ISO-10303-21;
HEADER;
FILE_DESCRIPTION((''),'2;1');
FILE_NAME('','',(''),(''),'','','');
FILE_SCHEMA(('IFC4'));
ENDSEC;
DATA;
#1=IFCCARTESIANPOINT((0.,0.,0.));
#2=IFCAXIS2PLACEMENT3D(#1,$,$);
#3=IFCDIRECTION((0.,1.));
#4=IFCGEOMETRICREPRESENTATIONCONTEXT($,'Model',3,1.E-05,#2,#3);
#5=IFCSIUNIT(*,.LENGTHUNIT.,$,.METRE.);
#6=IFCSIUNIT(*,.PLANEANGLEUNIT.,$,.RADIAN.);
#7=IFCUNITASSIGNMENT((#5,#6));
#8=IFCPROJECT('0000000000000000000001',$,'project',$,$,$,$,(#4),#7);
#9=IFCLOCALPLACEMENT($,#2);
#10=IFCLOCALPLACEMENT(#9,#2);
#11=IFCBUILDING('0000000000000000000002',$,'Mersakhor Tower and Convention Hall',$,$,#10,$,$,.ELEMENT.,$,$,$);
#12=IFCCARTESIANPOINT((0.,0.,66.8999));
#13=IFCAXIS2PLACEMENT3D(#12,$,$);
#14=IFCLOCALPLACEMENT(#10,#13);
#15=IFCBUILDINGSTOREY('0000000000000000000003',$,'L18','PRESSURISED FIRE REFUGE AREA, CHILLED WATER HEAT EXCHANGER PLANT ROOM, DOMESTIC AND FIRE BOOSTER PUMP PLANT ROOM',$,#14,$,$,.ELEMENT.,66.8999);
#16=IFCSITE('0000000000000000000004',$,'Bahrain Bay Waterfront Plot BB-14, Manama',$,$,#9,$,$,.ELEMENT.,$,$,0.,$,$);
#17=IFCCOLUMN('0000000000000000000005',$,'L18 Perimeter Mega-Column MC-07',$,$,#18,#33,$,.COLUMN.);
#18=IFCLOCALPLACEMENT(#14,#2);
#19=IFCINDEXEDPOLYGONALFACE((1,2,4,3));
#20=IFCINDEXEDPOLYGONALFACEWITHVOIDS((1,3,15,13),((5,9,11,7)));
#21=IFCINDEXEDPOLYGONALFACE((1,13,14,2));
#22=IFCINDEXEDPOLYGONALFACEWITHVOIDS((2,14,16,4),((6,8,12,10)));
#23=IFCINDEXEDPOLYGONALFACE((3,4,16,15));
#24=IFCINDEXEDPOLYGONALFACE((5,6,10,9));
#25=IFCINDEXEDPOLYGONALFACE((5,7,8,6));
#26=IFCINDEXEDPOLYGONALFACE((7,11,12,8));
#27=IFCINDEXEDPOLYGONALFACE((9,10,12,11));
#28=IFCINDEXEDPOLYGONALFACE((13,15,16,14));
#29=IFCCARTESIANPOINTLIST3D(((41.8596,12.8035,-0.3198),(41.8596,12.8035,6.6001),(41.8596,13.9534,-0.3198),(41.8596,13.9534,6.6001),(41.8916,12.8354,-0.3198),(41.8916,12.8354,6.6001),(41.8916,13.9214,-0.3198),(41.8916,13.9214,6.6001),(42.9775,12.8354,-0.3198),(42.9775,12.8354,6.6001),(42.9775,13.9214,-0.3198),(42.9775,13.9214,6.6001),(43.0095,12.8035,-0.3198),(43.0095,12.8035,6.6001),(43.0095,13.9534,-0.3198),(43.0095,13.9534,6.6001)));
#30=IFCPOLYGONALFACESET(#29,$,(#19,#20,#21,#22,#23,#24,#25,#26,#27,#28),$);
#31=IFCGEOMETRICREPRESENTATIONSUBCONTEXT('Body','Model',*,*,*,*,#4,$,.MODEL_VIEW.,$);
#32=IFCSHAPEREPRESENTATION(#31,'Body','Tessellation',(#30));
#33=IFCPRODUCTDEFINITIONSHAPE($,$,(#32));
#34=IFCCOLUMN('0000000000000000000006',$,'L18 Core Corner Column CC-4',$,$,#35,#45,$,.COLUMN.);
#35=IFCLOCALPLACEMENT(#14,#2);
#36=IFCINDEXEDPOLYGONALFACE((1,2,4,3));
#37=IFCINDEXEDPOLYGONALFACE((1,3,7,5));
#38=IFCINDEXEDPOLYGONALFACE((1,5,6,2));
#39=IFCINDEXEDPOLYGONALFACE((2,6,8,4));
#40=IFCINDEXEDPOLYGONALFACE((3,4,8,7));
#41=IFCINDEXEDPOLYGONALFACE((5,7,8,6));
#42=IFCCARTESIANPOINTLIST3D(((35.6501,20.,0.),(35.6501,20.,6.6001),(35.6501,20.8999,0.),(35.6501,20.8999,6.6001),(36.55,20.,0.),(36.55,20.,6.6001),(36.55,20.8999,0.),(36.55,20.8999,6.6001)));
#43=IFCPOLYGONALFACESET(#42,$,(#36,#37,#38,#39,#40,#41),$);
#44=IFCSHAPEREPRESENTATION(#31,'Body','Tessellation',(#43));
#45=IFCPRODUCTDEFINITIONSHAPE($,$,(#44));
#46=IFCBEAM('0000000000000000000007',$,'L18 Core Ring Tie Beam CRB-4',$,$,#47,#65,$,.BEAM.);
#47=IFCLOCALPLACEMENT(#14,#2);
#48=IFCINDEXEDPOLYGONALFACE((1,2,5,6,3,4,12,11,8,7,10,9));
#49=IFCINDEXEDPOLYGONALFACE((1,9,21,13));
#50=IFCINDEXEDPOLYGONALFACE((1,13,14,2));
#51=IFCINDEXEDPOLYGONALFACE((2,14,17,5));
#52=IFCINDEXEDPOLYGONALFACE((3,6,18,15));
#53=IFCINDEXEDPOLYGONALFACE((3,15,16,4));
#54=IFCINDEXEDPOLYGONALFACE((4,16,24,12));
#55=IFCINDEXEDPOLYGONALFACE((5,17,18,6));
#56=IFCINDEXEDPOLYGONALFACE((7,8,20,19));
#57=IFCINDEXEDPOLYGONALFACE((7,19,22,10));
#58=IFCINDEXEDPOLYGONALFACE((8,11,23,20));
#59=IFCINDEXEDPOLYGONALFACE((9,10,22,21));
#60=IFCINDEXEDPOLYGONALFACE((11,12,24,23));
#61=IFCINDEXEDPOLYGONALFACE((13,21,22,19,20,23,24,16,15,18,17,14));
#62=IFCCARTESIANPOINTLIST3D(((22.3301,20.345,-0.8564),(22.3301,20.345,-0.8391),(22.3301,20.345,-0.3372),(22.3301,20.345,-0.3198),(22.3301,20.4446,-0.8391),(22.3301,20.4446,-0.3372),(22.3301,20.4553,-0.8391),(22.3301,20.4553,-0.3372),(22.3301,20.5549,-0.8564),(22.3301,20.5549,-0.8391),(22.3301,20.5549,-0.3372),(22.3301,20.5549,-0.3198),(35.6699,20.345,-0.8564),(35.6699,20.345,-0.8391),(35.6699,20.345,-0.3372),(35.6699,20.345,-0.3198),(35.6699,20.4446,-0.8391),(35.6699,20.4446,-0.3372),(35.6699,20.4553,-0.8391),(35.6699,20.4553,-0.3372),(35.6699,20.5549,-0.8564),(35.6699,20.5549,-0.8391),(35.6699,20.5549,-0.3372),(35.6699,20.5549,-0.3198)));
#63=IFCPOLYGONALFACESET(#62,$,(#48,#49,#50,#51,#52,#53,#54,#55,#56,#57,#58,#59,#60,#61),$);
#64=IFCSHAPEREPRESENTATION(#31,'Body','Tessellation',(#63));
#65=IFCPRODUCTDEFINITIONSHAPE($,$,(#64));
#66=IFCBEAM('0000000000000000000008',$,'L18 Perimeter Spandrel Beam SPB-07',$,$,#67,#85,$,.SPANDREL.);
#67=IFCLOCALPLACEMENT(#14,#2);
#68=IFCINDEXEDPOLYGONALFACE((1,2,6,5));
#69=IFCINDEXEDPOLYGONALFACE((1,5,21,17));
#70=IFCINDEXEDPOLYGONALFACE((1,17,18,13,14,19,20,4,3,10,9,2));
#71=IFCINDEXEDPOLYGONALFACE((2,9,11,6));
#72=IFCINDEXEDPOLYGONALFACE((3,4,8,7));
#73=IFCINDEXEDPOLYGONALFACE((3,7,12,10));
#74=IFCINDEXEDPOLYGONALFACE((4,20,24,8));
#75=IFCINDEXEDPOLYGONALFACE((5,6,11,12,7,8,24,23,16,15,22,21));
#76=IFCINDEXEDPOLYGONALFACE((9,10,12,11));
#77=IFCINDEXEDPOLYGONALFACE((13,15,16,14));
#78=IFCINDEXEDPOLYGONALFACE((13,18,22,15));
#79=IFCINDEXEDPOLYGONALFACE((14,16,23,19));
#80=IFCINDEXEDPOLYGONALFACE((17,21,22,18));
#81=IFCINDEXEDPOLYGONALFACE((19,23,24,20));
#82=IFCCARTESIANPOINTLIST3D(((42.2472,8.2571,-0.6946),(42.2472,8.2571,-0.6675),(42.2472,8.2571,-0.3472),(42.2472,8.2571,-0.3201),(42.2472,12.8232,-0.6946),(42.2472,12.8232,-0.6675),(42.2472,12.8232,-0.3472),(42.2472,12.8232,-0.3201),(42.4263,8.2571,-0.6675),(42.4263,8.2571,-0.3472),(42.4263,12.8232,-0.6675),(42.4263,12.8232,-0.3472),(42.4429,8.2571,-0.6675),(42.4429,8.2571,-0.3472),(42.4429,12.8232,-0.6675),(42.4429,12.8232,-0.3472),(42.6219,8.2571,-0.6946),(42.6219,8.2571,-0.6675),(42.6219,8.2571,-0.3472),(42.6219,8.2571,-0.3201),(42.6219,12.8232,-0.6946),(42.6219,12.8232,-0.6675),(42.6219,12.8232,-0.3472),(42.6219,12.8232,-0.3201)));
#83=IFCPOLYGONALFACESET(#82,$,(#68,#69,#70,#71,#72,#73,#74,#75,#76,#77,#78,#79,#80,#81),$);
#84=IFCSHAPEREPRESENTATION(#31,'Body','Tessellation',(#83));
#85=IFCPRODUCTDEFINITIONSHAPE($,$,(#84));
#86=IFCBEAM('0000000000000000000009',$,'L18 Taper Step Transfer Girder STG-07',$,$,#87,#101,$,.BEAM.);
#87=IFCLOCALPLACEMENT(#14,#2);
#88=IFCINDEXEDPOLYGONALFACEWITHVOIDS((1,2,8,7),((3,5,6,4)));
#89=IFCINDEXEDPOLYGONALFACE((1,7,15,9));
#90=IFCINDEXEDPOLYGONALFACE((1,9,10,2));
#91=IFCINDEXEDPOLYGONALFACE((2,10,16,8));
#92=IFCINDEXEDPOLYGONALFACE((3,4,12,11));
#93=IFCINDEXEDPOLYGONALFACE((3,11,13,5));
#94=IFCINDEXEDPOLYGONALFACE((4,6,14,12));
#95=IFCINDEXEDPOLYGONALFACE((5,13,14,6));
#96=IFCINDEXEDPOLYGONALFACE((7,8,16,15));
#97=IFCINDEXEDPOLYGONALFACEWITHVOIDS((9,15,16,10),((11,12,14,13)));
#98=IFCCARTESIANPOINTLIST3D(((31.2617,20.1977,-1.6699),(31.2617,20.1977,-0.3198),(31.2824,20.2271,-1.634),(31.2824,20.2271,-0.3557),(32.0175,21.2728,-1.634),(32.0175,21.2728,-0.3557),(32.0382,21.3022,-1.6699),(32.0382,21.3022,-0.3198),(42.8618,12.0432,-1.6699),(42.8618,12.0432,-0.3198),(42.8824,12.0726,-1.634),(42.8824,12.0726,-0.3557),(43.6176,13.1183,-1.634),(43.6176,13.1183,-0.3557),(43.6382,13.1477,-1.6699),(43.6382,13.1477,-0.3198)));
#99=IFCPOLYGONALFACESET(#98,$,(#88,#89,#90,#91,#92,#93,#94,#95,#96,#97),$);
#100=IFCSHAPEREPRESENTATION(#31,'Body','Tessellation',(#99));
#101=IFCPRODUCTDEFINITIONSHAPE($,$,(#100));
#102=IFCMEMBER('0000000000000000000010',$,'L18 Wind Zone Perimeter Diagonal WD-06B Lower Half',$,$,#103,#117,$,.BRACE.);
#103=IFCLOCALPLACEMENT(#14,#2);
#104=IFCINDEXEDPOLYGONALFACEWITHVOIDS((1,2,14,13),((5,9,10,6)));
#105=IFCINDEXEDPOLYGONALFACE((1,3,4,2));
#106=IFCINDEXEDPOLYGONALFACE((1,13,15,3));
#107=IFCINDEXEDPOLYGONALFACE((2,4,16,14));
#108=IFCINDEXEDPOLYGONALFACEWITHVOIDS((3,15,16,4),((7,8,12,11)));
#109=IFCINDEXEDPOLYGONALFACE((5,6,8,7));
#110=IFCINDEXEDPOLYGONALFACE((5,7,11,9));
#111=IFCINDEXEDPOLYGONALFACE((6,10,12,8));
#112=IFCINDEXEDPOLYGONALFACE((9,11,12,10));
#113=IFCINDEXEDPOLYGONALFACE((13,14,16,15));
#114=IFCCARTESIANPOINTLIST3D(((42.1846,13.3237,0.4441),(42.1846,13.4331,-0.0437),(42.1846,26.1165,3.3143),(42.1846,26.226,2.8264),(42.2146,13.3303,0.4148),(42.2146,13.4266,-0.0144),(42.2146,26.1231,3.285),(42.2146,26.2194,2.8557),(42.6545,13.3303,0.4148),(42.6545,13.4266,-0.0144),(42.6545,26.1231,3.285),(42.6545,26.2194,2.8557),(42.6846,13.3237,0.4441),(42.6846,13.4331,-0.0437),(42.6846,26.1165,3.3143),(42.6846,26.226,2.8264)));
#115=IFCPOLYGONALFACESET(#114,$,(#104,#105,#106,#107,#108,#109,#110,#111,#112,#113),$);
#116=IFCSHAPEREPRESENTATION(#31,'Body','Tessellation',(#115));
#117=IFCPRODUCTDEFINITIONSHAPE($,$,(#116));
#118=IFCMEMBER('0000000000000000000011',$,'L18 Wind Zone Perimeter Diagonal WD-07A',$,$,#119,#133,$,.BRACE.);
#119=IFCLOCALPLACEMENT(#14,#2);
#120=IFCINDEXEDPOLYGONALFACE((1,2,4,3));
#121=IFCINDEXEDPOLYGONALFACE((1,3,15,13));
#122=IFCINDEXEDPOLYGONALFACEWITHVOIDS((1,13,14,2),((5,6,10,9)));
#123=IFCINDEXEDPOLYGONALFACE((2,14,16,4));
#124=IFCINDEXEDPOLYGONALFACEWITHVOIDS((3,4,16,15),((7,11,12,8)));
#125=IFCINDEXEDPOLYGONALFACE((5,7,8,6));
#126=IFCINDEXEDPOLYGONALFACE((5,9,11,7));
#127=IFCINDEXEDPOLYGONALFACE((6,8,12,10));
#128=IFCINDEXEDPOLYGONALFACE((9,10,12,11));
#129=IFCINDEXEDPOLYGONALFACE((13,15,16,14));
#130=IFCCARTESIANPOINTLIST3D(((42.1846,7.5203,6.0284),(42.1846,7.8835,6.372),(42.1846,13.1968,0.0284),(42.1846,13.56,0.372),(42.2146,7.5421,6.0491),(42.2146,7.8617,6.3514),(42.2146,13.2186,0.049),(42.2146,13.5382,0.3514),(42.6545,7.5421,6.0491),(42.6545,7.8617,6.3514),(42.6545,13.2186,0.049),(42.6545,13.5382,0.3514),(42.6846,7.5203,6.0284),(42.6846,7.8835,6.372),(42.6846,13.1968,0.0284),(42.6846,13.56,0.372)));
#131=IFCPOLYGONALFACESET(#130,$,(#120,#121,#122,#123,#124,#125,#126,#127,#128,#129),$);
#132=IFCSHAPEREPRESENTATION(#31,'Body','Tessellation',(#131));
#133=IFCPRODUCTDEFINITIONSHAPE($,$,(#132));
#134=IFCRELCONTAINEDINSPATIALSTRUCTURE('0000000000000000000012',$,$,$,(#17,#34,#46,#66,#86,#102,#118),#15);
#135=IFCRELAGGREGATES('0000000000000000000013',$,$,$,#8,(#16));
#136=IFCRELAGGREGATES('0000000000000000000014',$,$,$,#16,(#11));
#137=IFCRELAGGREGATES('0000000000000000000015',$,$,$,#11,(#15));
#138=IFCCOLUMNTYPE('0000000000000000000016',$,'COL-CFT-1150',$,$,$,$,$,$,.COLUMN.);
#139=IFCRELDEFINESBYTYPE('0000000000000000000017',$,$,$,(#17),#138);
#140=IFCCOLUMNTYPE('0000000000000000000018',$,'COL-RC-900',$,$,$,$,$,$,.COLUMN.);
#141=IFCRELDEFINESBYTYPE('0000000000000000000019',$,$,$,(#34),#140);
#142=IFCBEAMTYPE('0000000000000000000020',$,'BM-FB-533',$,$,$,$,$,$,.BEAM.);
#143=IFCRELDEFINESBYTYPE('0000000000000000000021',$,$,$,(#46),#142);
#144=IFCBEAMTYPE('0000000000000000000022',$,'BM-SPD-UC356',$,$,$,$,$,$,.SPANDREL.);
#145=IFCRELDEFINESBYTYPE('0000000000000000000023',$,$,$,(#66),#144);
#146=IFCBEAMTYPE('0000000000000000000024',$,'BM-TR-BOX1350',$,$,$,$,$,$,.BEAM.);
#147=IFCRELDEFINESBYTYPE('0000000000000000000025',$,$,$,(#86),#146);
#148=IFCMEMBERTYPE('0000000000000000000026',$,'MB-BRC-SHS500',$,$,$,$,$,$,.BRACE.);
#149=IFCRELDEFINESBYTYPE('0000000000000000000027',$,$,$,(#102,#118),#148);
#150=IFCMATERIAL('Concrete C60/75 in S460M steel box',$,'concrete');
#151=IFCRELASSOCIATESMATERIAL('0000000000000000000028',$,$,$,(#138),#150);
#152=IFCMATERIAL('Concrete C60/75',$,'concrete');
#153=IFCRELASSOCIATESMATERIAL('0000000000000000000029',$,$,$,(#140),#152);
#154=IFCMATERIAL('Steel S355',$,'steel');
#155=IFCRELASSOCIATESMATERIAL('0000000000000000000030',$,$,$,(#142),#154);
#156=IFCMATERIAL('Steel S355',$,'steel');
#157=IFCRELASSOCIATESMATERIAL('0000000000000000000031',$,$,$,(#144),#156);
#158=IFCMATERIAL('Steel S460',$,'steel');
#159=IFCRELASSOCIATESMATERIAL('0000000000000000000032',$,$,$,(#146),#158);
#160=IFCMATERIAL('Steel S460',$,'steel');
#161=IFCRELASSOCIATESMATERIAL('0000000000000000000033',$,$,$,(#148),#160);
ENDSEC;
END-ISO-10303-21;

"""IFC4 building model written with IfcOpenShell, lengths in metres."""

from ifc_helpers import new_model, si_unit, direction, frame, origin, origin_2d, place, context, subcontext, project, spatial, rectangle, hollow_rectangle, i_section, extrude, material, material_profile, profile_set, type_object, element, save


model = new_model("IFC4")

# Units and contexts
model_context = context("Model", 3, precision=1e-05, world=origin(), true_north=direction((0.0, 1.0)))
body_context = subcontext(model_context, "Body", "Model", "MODEL_VIEW")
ifc_project = project(units=[si_unit("LENGTHUNIT", "METRE"), si_unit("PLANEANGLEUNIT", "RADIAN")], contexts=[model_context])

# Site, building, storey
site_placement = place(None, origin())
site = spatial("IfcSite", under=ifc_project, at=site_placement, Name="Bahrain Bay Waterfront Plot BB-14, Manama", CompositionType="ELEMENT", RefElevation=0.0)
building_placement = place(site_placement, origin())
building = spatial("IfcBuilding", under=site, at=building_placement, Name="Mersakhor Tower and Convention Hall", CompositionType="ELEMENT")
storey_placement = place(building_placement, frame((0.0, 0.0, 66.8999)))
storey = spatial("IfcBuildingStorey", under=building, at=storey_placement, Name="L18", Description="PRESSURISED FIRE REFUGE AREA, CHILLED WATER HEAT EXCHANGER PLANT ROOM, DOMESTIC AND FIRE BOOSTER PUMP PLANT ROOM", CompositionType="ELEMENT", Elevation=66.8999)

# Columns
ifc_material_1 = material(Name="Concrete C60/75 in S460M steel box", Category="concrete")
ifc_material_profile_1 = material_profile(ifc_material_1, hollow_rectangle(XDim=1.1499, YDim=1.1499, WallThickness=0.032, at=origin_2d()), Name="SHS 1150x1150x32")
ifc_profile_set_1 = profile_set([ifc_material_profile_1], Name="Concrete C60/75 in S460M steel box")
column_type_1 = type_object("IfcColumnType", Name="COL-CFT-1150", PredefinedType="COLUMN", material=ifc_profile_set_1)
column_1_placement = place(storey_placement, frame((42.4346, 13.3784, -0.3198), z_axis=(0.0, 0.0, 1.0), x_axis=(1.0, 0.0, 0.0)))
element("IfcColumn", 1, at=column_1_placement, inside=storey, type_object=column_type_1, Name="L18 Perimeter Mega-Column MC-07", PredefinedType="COLUMN", context=body_context, shape_type="SweptSolid", body=[
    extrude(hollow_rectangle(XDim=1.1499, YDim=1.1499, WallThickness=0.032, at=origin_2d()), origin(), (0.0, 0.0, 1.0), 6.9199),
])
ifc_material_2 = material(Name="Concrete C60/75", Category="concrete")
ifc_material_profile_2 = material_profile(ifc_material_2, rectangle(XDim=0.8999, YDim=0.8999, at=origin_2d()), Name="RC 900x900")
ifc_profile_set_2 = profile_set([ifc_material_profile_2], Name="Concrete C60/75")
column_type_2 = type_object("IfcColumnType", Name="COL-RC-900", PredefinedType="COLUMN", material=ifc_profile_set_2)
column_2_placement = place(storey_placement, frame((36.1001, 20.45, 0.0), z_axis=(0.0, 0.0, 1.0), x_axis=(1.0, 0.0, 0.0)))
element("IfcColumn", 2, at=column_2_placement, inside=storey, type_object=column_type_2, Name="L18 Core Corner Column CC-4", PredefinedType="COLUMN", context=body_context, shape_type="SweptSolid", body=[
    extrude(rectangle(XDim=0.8999, YDim=0.8999, at=origin_2d()), origin(), (0.0, 0.0, 1.0), 6.6001),
])

# Beams
ifc_material_3 = material(Name="Steel S355", Category="steel")
ifc_material_profile_3 = material_profile(ifc_material_3, i_section(OverallWidth=0.21, OverallDepth=0.5366, WebThickness=0.0107, FlangeThickness=0.0173, at=origin_2d()), Name="UB 533x210x101")
ifc_profile_set_3 = profile_set([ifc_material_profile_3], Name="Steel S355")
beam_type_1 = type_object("IfcBeamType", Name="BM-FB-533", PredefinedType="BEAM", material=ifc_profile_set_3)
beam_1_placement = place(storey_placement, frame((35.6699, 20.45, -0.5881), z_axis=(-1.0, 0.0, 0.0), x_axis=(0.0, -1.0, 0.0)))
element("IfcBeam", 3, at=beam_1_placement, inside=storey, type_object=beam_type_1, Name="L18 Core Ring Tie Beam CRB-4", PredefinedType="BEAM", context=body_context, shape_type="SweptSolid", body=[
    extrude(i_section(OverallWidth=0.21, OverallDepth=0.5366, WebThickness=0.0107, FlangeThickness=0.0173, at=origin_2d()), origin(), (0.0, 0.0, 1.0), 13.3398),
])
ifc_material_4 = material(Name="Steel S355", Category="steel")
ifc_material_profile_4 = material_profile(ifc_material_4, i_section(OverallWidth=0.3748, OverallDepth=0.3745, WebThickness=0.0166, FlangeThickness=0.0271, at=origin_2d()), Name="UC 356x368x202")
ifc_profile_set_4 = profile_set([ifc_material_profile_4], Name="Steel S355")
beam_type_2 = type_object("IfcBeamType", Name="BM-SPD-UC356", PredefinedType="SPANDREL", material=ifc_profile_set_4)
beam_2_placement = place(storey_placement, frame((42.4346, 12.8232, -0.5073), z_axis=(0.0, -1.0, 0.0), x_axis=(1.0, 0.0, 0.0)))
element("IfcBeam", 4, at=beam_2_placement, inside=storey, type_object=beam_type_2, Name="L18 Perimeter Spandrel Beam SPB-07", PredefinedType="SPANDREL", context=body_context, shape_type="SweptSolid", body=[
    extrude(i_section(OverallWidth=0.3748, OverallDepth=0.3745, WebThickness=0.0166, FlangeThickness=0.0271, at=origin_2d()), origin(), (0.0, 0.0, 1.0), 4.5662),
])
ifc_material_5 = material(Name="Steel S460", Category="steel")
ifc_material_profile_5 = material_profile(ifc_material_5, hollow_rectangle(XDim=1.3501, YDim=1.3501, WallThickness=0.0359, at=origin_2d()), Name="SHS 1350x1350x36")
ifc_profile_set_5 = profile_set([ifc_material_profile_5], Name="Steel S460")
beam_type_3 = type_object("IfcBeamType", Name="BM-TR-BOX1350", PredefinedType="BEAM", material=ifc_profile_set_5)
beam_3_placement = place(storey_placement, frame((43.25, 12.5955, -0.9949), z_axis=(-0.818088, 0.575093, 0.0), x_axis=(-0.575093, -0.818088, 0.0)))
element("IfcBeam", 5, at=beam_3_placement, inside=storey, type_object=beam_type_3, Name="L18 Taper Step Transfer Girder STG-07", PredefinedType="BEAM", context=body_context, shape_type="SweptSolid", body=[
    extrude(hollow_rectangle(XDim=1.3501, YDim=1.3501, WallThickness=0.0359, at=origin_2d()), origin(), (0.0, 0.0, 1.0), 14.1794),
])

# Members
ifc_material_6 = material(Name="Steel S460", Category="steel")
ifc_material_profile_6 = material_profile(ifc_material_6, hollow_rectangle(XDim=0.5, YDim=0.5, WallThickness=0.03, at=origin_2d()), Name="SHS 500x500x30")
ifc_profile_set_6 = profile_set([ifc_material_profile_6], Name="Steel S460")
member_type_1 = type_object("IfcMemberType", Name="MB-BRC-SHS500", PredefinedType="BRACE", material=ifc_profile_set_6)
member_1_placement = place(storey_placement, frame((42.4346, 13.3784, 0.2002), z_axis=(0.0, 0.975744, 0.218914), x_axis=(-1.0, 0.0, 0.0)))
element("IfcMember", 6, at=member_1_placement, inside=storey, type_object=member_type_1, Name="L18 Wind Zone Perimeter Diagonal WD-06B Lower Half", PredefinedType="BRACE", context=body_context, shape_type="SweptSolid", body=[
    extrude(hollow_rectangle(XDim=0.5, YDim=0.5, WallThickness=0.03, at=origin_2d()), origin(), (0.0, 0.0, 1.0), 13.1108),
])
member_2_placement = place(storey_placement, frame((42.4346, 13.3784, 0.2002), z_axis=(0.0, -0.687253, 0.726418), x_axis=(1.0, 0.0, 0.0)))
element("IfcMember", 7, at=member_2_placement, inside=storey, type_object=member_type_1, Name="L18 Wind Zone Perimeter Diagonal WD-07A", PredefinedType="BRACE", context=body_context, shape_type="SweptSolid", body=[
    extrude(hollow_rectangle(XDim=0.5, YDim=0.5, WallThickness=0.03, at=origin_2d()), origin(), (0.0, 0.0, 1.0), 8.2598),
])

save(model, "model.ifc")
